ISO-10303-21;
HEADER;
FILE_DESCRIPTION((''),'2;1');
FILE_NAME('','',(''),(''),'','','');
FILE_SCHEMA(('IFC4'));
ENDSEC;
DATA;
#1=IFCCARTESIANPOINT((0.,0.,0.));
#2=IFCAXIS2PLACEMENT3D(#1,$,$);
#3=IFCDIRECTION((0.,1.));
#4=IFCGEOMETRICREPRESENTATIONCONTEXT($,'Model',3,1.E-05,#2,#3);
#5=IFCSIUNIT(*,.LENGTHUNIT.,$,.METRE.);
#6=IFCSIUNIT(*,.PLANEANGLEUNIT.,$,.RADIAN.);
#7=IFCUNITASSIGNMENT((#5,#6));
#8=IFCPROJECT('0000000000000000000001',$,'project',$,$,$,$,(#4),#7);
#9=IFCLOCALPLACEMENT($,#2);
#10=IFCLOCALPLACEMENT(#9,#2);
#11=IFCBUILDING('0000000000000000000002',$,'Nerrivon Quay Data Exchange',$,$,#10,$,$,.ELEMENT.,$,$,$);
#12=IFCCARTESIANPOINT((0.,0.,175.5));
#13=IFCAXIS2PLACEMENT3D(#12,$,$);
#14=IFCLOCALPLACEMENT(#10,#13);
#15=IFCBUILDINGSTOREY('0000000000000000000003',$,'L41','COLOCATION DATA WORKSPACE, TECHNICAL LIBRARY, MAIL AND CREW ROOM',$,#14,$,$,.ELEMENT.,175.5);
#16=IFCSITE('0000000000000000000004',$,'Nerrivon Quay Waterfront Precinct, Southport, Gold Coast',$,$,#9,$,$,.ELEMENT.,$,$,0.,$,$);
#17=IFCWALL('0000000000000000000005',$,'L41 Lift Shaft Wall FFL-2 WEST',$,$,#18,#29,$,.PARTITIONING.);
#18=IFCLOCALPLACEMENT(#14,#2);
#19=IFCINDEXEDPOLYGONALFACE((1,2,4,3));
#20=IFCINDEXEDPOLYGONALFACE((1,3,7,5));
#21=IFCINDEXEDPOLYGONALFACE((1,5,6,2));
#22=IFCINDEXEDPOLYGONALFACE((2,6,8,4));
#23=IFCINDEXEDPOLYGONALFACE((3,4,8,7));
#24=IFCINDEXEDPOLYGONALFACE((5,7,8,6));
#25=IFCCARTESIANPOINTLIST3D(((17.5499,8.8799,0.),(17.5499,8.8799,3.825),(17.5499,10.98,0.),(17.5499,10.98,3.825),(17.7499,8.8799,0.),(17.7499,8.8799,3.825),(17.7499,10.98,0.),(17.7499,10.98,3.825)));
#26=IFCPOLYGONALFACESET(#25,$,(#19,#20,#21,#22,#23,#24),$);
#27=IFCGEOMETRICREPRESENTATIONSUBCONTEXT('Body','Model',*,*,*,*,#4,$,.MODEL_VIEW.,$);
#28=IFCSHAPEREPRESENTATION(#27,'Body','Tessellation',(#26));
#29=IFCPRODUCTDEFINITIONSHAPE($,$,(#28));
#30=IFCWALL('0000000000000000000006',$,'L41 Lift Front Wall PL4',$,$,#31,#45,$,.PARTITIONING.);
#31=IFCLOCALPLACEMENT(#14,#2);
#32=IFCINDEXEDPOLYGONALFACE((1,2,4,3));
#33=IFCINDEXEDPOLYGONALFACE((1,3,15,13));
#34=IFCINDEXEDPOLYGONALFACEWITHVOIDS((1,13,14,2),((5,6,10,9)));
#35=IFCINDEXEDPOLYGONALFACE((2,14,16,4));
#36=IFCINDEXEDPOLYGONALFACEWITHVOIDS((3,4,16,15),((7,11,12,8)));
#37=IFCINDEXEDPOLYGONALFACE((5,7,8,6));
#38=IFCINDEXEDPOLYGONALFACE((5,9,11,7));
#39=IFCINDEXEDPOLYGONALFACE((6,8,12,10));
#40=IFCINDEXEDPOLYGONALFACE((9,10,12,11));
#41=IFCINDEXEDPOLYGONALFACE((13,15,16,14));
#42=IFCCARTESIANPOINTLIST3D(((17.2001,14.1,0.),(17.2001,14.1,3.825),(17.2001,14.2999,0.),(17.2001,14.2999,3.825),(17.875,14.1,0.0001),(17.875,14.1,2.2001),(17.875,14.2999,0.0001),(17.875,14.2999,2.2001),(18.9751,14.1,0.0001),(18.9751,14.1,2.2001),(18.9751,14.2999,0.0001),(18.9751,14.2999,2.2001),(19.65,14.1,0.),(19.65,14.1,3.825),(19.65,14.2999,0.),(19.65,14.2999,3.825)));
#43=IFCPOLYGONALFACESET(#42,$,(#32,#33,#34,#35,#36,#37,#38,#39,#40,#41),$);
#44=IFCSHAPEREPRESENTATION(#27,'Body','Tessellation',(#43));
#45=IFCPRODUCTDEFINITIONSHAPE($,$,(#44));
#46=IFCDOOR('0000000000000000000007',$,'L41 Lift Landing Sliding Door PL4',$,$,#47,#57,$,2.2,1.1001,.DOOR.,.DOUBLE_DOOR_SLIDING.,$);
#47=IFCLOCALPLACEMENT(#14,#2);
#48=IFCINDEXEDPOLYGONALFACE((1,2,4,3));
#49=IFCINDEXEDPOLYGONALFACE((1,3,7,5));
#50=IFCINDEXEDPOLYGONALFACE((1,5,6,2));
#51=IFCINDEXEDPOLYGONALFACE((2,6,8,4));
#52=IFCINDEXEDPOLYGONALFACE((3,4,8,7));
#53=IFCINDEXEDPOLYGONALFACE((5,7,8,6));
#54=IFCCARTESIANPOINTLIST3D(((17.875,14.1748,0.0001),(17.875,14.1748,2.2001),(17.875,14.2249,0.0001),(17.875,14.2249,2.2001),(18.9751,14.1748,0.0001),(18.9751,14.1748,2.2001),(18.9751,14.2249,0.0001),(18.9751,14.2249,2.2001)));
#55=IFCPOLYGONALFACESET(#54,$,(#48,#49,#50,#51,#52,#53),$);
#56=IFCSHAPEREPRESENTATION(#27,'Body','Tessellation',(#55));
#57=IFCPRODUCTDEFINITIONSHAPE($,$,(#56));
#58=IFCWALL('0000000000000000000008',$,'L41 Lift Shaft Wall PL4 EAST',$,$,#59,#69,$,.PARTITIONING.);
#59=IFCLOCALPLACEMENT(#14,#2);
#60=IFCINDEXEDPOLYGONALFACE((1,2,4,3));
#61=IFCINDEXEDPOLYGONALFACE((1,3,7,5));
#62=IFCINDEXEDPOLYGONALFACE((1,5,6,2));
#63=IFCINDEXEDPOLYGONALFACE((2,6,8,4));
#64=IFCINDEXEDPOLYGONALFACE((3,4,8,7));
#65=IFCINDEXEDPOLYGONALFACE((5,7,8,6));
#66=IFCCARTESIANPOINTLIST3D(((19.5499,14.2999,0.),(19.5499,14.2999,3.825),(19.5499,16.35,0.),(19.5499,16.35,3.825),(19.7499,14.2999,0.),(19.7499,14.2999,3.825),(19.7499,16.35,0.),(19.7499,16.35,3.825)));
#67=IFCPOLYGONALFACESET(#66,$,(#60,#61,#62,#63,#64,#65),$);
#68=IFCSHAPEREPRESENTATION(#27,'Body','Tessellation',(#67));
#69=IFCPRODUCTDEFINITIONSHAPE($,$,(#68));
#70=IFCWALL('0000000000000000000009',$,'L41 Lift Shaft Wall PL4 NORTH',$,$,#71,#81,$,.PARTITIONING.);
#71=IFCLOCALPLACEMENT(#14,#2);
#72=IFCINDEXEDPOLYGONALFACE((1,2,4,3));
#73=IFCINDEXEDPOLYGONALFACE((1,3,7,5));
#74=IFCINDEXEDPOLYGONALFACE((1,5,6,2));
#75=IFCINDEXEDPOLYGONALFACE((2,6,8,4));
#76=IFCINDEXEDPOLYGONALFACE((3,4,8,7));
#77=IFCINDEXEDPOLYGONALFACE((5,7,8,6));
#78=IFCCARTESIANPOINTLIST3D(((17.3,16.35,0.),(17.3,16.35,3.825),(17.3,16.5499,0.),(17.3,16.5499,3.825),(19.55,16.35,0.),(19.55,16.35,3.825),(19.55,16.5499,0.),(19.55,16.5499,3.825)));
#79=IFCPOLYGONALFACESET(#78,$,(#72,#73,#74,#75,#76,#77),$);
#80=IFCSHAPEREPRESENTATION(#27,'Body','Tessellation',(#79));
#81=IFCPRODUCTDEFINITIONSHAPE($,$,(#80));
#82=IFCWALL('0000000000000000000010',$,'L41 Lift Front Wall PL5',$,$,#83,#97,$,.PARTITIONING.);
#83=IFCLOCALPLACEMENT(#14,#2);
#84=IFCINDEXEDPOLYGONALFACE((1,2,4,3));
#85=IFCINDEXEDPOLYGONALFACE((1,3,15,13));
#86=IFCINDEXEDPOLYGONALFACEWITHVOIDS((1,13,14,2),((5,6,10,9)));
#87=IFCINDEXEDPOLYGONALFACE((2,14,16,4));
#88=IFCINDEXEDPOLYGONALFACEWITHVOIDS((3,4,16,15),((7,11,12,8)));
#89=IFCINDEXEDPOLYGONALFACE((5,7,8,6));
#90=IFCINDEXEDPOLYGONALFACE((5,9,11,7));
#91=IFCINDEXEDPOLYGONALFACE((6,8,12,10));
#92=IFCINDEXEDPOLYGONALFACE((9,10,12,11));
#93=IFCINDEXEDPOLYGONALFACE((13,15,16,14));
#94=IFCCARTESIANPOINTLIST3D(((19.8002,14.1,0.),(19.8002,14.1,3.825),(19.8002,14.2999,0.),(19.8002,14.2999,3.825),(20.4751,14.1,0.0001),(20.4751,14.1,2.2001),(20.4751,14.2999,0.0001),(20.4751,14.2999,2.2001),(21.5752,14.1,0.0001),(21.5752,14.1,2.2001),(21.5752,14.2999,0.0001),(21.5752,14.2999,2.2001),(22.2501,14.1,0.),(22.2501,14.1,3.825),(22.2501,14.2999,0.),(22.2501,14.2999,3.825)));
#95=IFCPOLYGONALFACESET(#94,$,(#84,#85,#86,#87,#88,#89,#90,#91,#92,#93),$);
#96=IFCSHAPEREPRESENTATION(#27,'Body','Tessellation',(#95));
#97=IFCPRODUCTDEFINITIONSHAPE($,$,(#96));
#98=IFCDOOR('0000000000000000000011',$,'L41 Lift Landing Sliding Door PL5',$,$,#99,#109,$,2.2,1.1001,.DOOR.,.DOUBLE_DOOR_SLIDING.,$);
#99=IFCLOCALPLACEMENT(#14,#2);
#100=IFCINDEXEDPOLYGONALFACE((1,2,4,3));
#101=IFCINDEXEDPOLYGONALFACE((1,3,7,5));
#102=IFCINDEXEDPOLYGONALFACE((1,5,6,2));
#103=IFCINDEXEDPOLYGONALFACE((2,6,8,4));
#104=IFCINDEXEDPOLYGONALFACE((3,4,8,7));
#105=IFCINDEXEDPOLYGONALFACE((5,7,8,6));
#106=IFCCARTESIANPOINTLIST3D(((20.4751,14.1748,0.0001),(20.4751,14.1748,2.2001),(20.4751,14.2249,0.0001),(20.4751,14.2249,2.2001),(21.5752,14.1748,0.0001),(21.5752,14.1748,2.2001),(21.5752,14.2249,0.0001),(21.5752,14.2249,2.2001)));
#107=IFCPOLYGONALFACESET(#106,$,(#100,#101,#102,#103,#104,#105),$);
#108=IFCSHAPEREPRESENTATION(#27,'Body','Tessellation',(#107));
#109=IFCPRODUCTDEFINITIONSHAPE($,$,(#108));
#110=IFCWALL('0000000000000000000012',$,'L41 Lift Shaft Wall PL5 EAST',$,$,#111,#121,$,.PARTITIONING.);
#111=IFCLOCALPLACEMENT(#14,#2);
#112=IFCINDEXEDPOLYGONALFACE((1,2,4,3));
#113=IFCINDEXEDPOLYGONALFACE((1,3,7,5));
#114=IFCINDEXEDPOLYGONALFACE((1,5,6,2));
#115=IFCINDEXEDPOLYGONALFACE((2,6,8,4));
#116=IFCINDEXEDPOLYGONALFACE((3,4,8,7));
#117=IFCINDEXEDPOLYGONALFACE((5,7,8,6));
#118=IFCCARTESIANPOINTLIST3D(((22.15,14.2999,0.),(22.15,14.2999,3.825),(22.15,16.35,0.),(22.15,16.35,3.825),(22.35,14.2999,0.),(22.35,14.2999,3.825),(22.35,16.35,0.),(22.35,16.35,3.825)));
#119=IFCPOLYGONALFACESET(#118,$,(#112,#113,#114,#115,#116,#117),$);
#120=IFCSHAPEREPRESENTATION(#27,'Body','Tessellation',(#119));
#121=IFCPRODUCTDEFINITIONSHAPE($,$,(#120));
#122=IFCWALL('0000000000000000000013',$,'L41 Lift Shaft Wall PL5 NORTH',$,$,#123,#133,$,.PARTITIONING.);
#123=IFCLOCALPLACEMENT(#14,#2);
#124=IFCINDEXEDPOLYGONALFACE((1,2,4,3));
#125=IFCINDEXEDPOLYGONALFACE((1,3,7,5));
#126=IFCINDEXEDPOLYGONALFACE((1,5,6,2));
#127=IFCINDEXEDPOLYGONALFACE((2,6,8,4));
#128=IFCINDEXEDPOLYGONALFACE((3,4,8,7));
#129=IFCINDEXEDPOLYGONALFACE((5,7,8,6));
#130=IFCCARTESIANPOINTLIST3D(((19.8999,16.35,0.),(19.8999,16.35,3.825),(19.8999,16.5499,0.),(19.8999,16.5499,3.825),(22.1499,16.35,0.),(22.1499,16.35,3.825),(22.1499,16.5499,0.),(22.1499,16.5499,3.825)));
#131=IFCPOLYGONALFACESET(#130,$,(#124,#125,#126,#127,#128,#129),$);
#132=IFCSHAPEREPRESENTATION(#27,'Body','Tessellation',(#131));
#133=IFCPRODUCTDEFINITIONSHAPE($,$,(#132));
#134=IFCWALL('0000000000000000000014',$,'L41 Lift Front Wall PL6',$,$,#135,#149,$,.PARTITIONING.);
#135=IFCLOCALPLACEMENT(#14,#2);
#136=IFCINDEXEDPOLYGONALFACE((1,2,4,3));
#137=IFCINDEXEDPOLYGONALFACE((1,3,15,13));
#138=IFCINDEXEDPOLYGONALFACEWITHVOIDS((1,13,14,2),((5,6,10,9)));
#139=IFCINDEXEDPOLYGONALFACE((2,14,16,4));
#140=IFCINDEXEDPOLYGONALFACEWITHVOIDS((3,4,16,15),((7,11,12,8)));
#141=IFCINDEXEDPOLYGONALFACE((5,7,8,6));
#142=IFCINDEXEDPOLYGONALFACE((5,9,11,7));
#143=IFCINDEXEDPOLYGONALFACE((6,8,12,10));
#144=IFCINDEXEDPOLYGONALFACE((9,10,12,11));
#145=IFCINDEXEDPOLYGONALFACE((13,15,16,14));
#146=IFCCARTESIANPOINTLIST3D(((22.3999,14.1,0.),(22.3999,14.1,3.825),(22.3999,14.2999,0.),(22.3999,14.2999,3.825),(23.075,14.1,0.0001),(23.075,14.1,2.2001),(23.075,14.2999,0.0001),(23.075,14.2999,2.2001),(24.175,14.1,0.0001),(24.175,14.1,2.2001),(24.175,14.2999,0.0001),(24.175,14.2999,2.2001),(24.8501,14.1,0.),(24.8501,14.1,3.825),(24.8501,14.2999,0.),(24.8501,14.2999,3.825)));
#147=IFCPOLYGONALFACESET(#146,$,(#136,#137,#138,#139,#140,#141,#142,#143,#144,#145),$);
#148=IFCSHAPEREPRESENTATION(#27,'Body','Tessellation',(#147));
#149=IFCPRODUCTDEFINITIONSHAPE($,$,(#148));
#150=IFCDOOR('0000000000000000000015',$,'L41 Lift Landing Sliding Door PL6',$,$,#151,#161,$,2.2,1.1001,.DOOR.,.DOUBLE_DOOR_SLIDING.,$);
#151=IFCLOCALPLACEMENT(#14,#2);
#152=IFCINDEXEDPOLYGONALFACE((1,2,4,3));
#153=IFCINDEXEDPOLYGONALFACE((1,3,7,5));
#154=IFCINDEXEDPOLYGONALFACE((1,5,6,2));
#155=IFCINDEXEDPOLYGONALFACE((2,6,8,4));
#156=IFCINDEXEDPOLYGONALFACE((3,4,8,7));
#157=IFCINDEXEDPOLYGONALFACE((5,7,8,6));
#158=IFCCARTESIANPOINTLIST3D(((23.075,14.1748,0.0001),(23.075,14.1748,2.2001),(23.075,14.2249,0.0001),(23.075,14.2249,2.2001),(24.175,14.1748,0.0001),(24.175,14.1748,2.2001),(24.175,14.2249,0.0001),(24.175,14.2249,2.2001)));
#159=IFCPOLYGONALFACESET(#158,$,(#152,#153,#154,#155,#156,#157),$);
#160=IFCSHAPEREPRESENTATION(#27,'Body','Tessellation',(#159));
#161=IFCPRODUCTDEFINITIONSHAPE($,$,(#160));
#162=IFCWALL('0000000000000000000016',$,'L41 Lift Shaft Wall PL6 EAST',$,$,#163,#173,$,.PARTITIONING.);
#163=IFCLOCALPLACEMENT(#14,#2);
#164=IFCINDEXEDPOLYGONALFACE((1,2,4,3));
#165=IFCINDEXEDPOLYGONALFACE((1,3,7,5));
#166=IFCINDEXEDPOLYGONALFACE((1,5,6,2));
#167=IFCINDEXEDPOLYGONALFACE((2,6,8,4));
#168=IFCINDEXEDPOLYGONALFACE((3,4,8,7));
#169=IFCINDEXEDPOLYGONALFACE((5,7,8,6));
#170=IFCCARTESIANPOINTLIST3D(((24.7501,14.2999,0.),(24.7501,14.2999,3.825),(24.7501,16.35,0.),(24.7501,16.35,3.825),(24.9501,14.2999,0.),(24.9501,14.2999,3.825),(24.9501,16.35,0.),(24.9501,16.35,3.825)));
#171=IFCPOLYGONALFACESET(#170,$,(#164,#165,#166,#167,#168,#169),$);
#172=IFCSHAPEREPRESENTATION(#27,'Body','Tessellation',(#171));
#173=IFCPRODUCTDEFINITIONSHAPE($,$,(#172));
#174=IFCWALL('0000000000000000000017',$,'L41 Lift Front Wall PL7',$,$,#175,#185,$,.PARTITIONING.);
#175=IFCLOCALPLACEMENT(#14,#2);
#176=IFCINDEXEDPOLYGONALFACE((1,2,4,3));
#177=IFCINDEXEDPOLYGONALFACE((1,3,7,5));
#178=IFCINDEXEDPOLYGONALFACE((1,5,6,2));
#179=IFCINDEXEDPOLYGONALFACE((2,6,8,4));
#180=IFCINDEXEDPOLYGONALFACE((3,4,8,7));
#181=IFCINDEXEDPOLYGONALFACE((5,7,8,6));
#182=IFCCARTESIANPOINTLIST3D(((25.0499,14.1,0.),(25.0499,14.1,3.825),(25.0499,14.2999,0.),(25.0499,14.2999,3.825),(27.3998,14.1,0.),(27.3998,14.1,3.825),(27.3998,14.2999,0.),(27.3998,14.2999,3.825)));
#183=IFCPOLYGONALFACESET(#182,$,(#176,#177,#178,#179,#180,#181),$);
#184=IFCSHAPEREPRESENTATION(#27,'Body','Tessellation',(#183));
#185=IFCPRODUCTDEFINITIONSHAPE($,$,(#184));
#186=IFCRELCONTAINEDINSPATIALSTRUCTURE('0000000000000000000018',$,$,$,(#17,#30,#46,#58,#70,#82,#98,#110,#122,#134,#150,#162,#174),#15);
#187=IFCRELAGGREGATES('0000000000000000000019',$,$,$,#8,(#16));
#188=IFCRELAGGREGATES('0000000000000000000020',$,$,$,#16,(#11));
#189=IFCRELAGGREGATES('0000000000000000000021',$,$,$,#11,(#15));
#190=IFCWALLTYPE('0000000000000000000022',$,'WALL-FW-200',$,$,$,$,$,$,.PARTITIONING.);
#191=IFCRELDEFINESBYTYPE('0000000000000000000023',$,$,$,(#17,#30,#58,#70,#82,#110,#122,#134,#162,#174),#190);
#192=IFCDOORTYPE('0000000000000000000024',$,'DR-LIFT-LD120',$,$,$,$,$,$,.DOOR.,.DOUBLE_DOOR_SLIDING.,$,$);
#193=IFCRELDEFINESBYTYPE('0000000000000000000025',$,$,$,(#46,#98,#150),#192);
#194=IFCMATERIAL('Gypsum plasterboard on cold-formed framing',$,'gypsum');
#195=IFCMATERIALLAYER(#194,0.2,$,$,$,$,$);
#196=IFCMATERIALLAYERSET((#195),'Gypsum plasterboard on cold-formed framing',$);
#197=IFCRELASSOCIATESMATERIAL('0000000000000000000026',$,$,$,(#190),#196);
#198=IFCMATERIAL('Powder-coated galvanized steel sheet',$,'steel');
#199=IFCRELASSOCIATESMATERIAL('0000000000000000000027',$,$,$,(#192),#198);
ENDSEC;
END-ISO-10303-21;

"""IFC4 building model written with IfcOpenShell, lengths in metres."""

from ifc_helpers import new_model, si_unit, direction, frame, frame_2d, origin, place, context, subcontext, project, spatial, rectangle, extrude, material, layer, layer_set, type_object, element, fill, save


model = new_model("IFC4")

# Units and contexts
model_context = context("Model", 3, precision=1e-05, world=origin(), true_north=direction((0.0, 1.0)))
body_context = subcontext(model_context, "Body", "Model", "MODEL_VIEW")
ifc_project = project(units=[si_unit("LENGTHUNIT", "METRE"), si_unit("PLANEANGLEUNIT", "RADIAN")], contexts=[model_context])

# Site, building, storey
site_placement = place(None, origin())
site = spatial("IfcSite", under=ifc_project, at=site_placement, Name="Nerrivon Quay Waterfront Precinct, Southport, Gold Coast", CompositionType="ELEMENT", RefElevation=0.0)
building_placement = place(site_placement, origin())
building = spatial("IfcBuilding", under=site, at=building_placement, Name="Nerrivon Quay Data Exchange", CompositionType="ELEMENT")
storey_placement = place(building_placement, frame((0.0, 0.0, 175.5)))
storey = spatial("IfcBuildingStorey", under=building, at=storey_placement, Name="L41", Description="COLOCATION DATA WORKSPACE, TECHNICAL LIBRARY, MAIL AND CREW ROOM", CompositionType="ELEMENT", Elevation=175.5)

# Shared definitions
ifc_material_1 = material(Name="Powder-coated galvanized steel sheet", Category="steel")

# Shared definitions
ifc_material_2 = material(Name="Gypsum plasterboard on cold-formed framing", Category="gypsum")
ifc_layer_1 = layer(ifc_material_2, 0.2)
ifc_layer_set_1 = layer_set([ifc_layer_1], Name="Gypsum plasterboard on cold-formed framing")
wall_type_1 = type_object("IfcWallType", Name="WALL-FW-200", PredefinedType="PARTITIONING", material=ifc_layer_set_1)

# Shared definitions
door_type_1 = type_object("IfcDoorType", Name="DR-LIFT-LD120", OperationType="DOUBLE_DOOR_SLIDING", PredefinedType="DOOR", material=ifc_material_1)

# Wall
for number, where, z_axis, x_axis, name in (
    (1, (17.6499, 8.8799, 0.0), (0.0, 0.0, 1.0), (0.0, 1.0, 0.0), "L41 Lift Shaft Wall FFL-2 WEST"),
):
    element("IfcWall", number, at=place(storey_placement, frame(where, z_axis=z_axis, x_axis=x_axis)), inside=storey, type_object=wall_type_1, Name=name, PredefinedType="PARTITIONING", context=body_context, shape_type="SweptSolid", body=[
        extrude(rectangle(XDim=2.1001, YDim=0.2, at=frame_2d((1.05, 0.0))), origin(), (0.0, 0.0, 1.0), 3.825),
    ])

# Wall, opening, door
wall_1_placement = place(storey_placement, frame((17.2, 14.2, 0.0), z_axis=(0.0, 0.0, 1.0), x_axis=(1.0, 0.0, 0.0)))
wall_1 = element("IfcWall", 2, at=wall_1_placement, inside=storey, type_object=wall_type_1, Name="L41 Lift Front Wall PL4", PredefinedType="PARTITIONING", context=body_context, shape_type="SweptSolid", body=[
    extrude(rectangle(XDim=2.45, YDim=0.2, at=frame_2d((1.2251, 0.0))), origin(), (0.0, 0.0, 1.0), 3.825),
])
opening_1_placement = place(wall_1_placement, frame((0.675, 0.0, 0.0)))
opening_1 = element("IfcOpeningElement", 3, at=opening_1_placement, cuts=wall_1, PredefinedType="OPENING", context=body_context, shape_type="SweptSolid", body=[
    extrude(rectangle(XDim=1.1001, YDim=2.2, at=frame_2d((0.55, 1.1001))), frame((0.0, 0.1099, 0.0), z_axis=(0.0, -1.0, 0.0), x_axis=(1.0, 0.0, 0.0)), (0.0, 0.0, 1.0), 0.22),
])
door_1_placement = place(opening_1_placement, origin())
door_1 = element("IfcDoor", 4, at=door_1_placement, inside=storey, type_object=door_type_1, Name="L41 Lift Landing Sliding Door PL4", OperationType="DOUBLE_DOOR_SLIDING", OverallHeight=2.2, OverallWidth=1.1001, PredefinedType="DOOR", context=body_context, shape_type="SweptSolid", body=[
    extrude(rectangle(XDim=1.1001, YDim=2.2, at=frame_2d((0.55, 1.1001))), frame((0.0, 0.0249, 0.0), z_axis=(0.0, -1.0, 0.0), x_axis=(1.0, 0.0, 0.0)), (0.0, 0.0, 1.0), 0.05),
])
fill(opening_1, door_1)

# Walls
wall_2_placement = place(storey_placement, frame((19.6499, 14.3, 0.0), z_axis=(0.0, 0.0, 1.0), x_axis=(0.0, 1.0, 0.0)))
element("IfcWall", 5, at=wall_2_placement, inside=storey, type_object=wall_type_1, Name="L41 Lift Shaft Wall PL4 EAST", PredefinedType="PARTITIONING", context=body_context, shape_type="SweptSolid", body=[
    extrude(rectangle(XDim=2.05, YDim=0.2, at=frame_2d((1.0249, 0.0))), origin(), (0.0, 0.0, 1.0), 3.825),
])
wall_3_placement = place(storey_placement, frame((17.3, 16.45, 0.0), z_axis=(0.0, 0.0, 1.0), x_axis=(1.0, 0.0, 0.0)))
element("IfcWall", 6, at=wall_3_placement, inside=storey, type_object=wall_type_1, Name="L41 Lift Shaft Wall PL4 NORTH", PredefinedType="PARTITIONING", context=body_context, shape_type="SweptSolid", body=[
    extrude(rectangle(XDim=2.25, YDim=0.2, at=frame_2d((1.125, 0.0))), origin(), (0.0, 0.0, 1.0), 3.825),
])

# Wall, opening, door
wall_4_placement = place(storey_placement, frame((19.8, 14.2, 0.0), z_axis=(0.0, 0.0, 1.0), x_axis=(1.0, 0.0, 0.0)))
wall_4 = element("IfcWall", 7, at=wall_4_placement, inside=storey, type_object=wall_type_1, Name="L41 Lift Front Wall PL5", PredefinedType="PARTITIONING", context=body_context, shape_type="SweptSolid", body=[
    extrude(rectangle(XDim=2.45, YDim=0.2, at=frame_2d((1.2251, 0.0))), origin(), (0.0, 0.0, 1.0), 3.825),
])
opening_2_placement = place(wall_4_placement, frame((0.675, 0.0, 0.0)))
opening_2 = element("IfcOpeningElement", 8, at=opening_2_placement, cuts=wall_4, PredefinedType="OPENING", context=body_context, shape_type="SweptSolid", body=[
    extrude(rectangle(XDim=1.1001, YDim=2.2, at=frame_2d((0.55, 1.1001))), frame((0.0, 0.1099, 0.0), z_axis=(0.0, -1.0, 0.0), x_axis=(1.0, 0.0, 0.0)), (0.0, 0.0, 1.0), 0.22),
])
door_2_placement = place(opening_2_placement, origin())
door_2 = element("IfcDoor", 9, at=door_2_placement, inside=storey, type_object=door_type_1, Name="L41 Lift Landing Sliding Door PL5", OperationType="DOUBLE_DOOR_SLIDING", OverallHeight=2.2, OverallWidth=1.1001, PredefinedType="DOOR", context=body_context, shape_type="SweptSolid", body=[
    extrude(rectangle(XDim=1.1001, YDim=2.2, at=frame_2d((0.55, 1.1001))), frame((0.0, 0.0249, 0.0), z_axis=(0.0, -1.0, 0.0), x_axis=(1.0, 0.0, 0.0)), (0.0, 0.0, 1.0), 0.05),
])
fill(opening_2, door_2)

# Walls
wall_5_placement = place(storey_placement, frame((22.25, 14.3, 0.0), z_axis=(0.0, 0.0, 1.0), x_axis=(0.0, 1.0, 0.0)))
element("IfcWall", 10, at=wall_5_placement, inside=storey, type_object=wall_type_1, Name="L41 Lift Shaft Wall PL5 EAST", PredefinedType="PARTITIONING", context=body_context, shape_type="SweptSolid", body=[
    extrude(rectangle(XDim=2.05, YDim=0.2, at=frame_2d((1.0249, 0.0))), origin(), (0.0, 0.0, 1.0), 3.825),
])
wall_6_placement = place(storey_placement, frame((19.8999, 16.45, 0.0), z_axis=(0.0, 0.0, 1.0), x_axis=(1.0, 0.0, 0.0)))
element("IfcWall", 11, at=wall_6_placement, inside=storey, type_object=wall_type_1, Name="L41 Lift Shaft Wall PL5 NORTH", PredefinedType="PARTITIONING", context=body_context, shape_type="SweptSolid", body=[
    extrude(rectangle(XDim=2.25, YDim=0.2, at=frame_2d((1.125, 0.0))), origin(), (0.0, 0.0, 1.0), 3.825),
])

# Wall, opening, door
wall_7_placement = place(storey_placement, frame((22.3999, 14.2, 0.0), z_axis=(0.0, 0.0, 1.0), x_axis=(1.0, 0.0, 0.0)))
wall_7 = element("IfcWall", 12, at=wall_7_placement, inside=storey, type_object=wall_type_1, Name="L41 Lift Front Wall PL6", PredefinedType="PARTITIONING", context=body_context, shape_type="SweptSolid", body=[
    extrude(rectangle(XDim=2.4502, YDim=0.2, at=frame_2d((1.2251, 0.0))), origin(), (0.0, 0.0, 1.0), 3.825),
])
opening_3_placement = place(wall_7_placement, frame((0.675, 0.0, 0.0)))
opening_3 = element("IfcOpeningElement", 13, at=opening_3_placement, cuts=wall_7, PredefinedType="OPENING", context=body_context, shape_type="SweptSolid", body=[
    extrude(rectangle(XDim=1.1001, YDim=2.2, at=frame_2d((0.55, 1.1001))), frame((0.0, 0.1099, 0.0), z_axis=(0.0, -1.0, 0.0), x_axis=(1.0, 0.0, 0.0)), (0.0, 0.0, 1.0), 0.22),
])
door_3_placement = place(opening_3_placement, origin())
door_3 = element("IfcDoor", 14, at=door_3_placement, inside=storey, type_object=door_type_1, Name="L41 Lift Landing Sliding Door PL6", OperationType="DOUBLE_DOOR_SLIDING", OverallHeight=2.2, OverallWidth=1.1001, PredefinedType="DOOR", context=body_context, shape_type="SweptSolid", body=[
    extrude(rectangle(XDim=1.1001, YDim=2.2, at=frame_2d((0.55, 1.1001))), frame((0.0, 0.0249, 0.0), z_axis=(0.0, -1.0, 0.0), x_axis=(1.0, 0.0, 0.0)), (0.0, 0.0, 1.0), 0.05),
])
fill(opening_3, door_3)

# Walls
wall_8_placement = place(storey_placement, frame((24.8501, 14.3, 0.0), z_axis=(0.0, 0.0, 1.0), x_axis=(0.0, 1.0, 0.0)))
element("IfcWall", 15, at=wall_8_placement, inside=storey, type_object=wall_type_1, Name="L41 Lift Shaft Wall PL6 EAST", PredefinedType="PARTITIONING", context=body_context, shape_type="SweptSolid", body=[
    extrude(rectangle(XDim=2.05, YDim=0.2, at=frame_2d((1.0249, 0.0))), origin(), (0.0, 0.0, 1.0), 3.825),
])
wall_9_placement = place(storey_placement, frame((25.05, 14.2, 0.0), z_axis=(0.0, 0.0, 1.0), x_axis=(1.0, 0.0, 0.0)))
element("IfcWall", 16, at=wall_9_placement, inside=storey, type_object=wall_type_1, Name="L41 Lift Front Wall PL7", PredefinedType="PARTITIONING", context=body_context, shape_type="SweptSolid", body=[
    extrude(rectangle(XDim=2.3499, YDim=0.2, at=frame_2d((1.1748, 0.0))), origin(), (0.0, 0.0, 1.0), 3.825),
])

save(model, "model.ifc")
